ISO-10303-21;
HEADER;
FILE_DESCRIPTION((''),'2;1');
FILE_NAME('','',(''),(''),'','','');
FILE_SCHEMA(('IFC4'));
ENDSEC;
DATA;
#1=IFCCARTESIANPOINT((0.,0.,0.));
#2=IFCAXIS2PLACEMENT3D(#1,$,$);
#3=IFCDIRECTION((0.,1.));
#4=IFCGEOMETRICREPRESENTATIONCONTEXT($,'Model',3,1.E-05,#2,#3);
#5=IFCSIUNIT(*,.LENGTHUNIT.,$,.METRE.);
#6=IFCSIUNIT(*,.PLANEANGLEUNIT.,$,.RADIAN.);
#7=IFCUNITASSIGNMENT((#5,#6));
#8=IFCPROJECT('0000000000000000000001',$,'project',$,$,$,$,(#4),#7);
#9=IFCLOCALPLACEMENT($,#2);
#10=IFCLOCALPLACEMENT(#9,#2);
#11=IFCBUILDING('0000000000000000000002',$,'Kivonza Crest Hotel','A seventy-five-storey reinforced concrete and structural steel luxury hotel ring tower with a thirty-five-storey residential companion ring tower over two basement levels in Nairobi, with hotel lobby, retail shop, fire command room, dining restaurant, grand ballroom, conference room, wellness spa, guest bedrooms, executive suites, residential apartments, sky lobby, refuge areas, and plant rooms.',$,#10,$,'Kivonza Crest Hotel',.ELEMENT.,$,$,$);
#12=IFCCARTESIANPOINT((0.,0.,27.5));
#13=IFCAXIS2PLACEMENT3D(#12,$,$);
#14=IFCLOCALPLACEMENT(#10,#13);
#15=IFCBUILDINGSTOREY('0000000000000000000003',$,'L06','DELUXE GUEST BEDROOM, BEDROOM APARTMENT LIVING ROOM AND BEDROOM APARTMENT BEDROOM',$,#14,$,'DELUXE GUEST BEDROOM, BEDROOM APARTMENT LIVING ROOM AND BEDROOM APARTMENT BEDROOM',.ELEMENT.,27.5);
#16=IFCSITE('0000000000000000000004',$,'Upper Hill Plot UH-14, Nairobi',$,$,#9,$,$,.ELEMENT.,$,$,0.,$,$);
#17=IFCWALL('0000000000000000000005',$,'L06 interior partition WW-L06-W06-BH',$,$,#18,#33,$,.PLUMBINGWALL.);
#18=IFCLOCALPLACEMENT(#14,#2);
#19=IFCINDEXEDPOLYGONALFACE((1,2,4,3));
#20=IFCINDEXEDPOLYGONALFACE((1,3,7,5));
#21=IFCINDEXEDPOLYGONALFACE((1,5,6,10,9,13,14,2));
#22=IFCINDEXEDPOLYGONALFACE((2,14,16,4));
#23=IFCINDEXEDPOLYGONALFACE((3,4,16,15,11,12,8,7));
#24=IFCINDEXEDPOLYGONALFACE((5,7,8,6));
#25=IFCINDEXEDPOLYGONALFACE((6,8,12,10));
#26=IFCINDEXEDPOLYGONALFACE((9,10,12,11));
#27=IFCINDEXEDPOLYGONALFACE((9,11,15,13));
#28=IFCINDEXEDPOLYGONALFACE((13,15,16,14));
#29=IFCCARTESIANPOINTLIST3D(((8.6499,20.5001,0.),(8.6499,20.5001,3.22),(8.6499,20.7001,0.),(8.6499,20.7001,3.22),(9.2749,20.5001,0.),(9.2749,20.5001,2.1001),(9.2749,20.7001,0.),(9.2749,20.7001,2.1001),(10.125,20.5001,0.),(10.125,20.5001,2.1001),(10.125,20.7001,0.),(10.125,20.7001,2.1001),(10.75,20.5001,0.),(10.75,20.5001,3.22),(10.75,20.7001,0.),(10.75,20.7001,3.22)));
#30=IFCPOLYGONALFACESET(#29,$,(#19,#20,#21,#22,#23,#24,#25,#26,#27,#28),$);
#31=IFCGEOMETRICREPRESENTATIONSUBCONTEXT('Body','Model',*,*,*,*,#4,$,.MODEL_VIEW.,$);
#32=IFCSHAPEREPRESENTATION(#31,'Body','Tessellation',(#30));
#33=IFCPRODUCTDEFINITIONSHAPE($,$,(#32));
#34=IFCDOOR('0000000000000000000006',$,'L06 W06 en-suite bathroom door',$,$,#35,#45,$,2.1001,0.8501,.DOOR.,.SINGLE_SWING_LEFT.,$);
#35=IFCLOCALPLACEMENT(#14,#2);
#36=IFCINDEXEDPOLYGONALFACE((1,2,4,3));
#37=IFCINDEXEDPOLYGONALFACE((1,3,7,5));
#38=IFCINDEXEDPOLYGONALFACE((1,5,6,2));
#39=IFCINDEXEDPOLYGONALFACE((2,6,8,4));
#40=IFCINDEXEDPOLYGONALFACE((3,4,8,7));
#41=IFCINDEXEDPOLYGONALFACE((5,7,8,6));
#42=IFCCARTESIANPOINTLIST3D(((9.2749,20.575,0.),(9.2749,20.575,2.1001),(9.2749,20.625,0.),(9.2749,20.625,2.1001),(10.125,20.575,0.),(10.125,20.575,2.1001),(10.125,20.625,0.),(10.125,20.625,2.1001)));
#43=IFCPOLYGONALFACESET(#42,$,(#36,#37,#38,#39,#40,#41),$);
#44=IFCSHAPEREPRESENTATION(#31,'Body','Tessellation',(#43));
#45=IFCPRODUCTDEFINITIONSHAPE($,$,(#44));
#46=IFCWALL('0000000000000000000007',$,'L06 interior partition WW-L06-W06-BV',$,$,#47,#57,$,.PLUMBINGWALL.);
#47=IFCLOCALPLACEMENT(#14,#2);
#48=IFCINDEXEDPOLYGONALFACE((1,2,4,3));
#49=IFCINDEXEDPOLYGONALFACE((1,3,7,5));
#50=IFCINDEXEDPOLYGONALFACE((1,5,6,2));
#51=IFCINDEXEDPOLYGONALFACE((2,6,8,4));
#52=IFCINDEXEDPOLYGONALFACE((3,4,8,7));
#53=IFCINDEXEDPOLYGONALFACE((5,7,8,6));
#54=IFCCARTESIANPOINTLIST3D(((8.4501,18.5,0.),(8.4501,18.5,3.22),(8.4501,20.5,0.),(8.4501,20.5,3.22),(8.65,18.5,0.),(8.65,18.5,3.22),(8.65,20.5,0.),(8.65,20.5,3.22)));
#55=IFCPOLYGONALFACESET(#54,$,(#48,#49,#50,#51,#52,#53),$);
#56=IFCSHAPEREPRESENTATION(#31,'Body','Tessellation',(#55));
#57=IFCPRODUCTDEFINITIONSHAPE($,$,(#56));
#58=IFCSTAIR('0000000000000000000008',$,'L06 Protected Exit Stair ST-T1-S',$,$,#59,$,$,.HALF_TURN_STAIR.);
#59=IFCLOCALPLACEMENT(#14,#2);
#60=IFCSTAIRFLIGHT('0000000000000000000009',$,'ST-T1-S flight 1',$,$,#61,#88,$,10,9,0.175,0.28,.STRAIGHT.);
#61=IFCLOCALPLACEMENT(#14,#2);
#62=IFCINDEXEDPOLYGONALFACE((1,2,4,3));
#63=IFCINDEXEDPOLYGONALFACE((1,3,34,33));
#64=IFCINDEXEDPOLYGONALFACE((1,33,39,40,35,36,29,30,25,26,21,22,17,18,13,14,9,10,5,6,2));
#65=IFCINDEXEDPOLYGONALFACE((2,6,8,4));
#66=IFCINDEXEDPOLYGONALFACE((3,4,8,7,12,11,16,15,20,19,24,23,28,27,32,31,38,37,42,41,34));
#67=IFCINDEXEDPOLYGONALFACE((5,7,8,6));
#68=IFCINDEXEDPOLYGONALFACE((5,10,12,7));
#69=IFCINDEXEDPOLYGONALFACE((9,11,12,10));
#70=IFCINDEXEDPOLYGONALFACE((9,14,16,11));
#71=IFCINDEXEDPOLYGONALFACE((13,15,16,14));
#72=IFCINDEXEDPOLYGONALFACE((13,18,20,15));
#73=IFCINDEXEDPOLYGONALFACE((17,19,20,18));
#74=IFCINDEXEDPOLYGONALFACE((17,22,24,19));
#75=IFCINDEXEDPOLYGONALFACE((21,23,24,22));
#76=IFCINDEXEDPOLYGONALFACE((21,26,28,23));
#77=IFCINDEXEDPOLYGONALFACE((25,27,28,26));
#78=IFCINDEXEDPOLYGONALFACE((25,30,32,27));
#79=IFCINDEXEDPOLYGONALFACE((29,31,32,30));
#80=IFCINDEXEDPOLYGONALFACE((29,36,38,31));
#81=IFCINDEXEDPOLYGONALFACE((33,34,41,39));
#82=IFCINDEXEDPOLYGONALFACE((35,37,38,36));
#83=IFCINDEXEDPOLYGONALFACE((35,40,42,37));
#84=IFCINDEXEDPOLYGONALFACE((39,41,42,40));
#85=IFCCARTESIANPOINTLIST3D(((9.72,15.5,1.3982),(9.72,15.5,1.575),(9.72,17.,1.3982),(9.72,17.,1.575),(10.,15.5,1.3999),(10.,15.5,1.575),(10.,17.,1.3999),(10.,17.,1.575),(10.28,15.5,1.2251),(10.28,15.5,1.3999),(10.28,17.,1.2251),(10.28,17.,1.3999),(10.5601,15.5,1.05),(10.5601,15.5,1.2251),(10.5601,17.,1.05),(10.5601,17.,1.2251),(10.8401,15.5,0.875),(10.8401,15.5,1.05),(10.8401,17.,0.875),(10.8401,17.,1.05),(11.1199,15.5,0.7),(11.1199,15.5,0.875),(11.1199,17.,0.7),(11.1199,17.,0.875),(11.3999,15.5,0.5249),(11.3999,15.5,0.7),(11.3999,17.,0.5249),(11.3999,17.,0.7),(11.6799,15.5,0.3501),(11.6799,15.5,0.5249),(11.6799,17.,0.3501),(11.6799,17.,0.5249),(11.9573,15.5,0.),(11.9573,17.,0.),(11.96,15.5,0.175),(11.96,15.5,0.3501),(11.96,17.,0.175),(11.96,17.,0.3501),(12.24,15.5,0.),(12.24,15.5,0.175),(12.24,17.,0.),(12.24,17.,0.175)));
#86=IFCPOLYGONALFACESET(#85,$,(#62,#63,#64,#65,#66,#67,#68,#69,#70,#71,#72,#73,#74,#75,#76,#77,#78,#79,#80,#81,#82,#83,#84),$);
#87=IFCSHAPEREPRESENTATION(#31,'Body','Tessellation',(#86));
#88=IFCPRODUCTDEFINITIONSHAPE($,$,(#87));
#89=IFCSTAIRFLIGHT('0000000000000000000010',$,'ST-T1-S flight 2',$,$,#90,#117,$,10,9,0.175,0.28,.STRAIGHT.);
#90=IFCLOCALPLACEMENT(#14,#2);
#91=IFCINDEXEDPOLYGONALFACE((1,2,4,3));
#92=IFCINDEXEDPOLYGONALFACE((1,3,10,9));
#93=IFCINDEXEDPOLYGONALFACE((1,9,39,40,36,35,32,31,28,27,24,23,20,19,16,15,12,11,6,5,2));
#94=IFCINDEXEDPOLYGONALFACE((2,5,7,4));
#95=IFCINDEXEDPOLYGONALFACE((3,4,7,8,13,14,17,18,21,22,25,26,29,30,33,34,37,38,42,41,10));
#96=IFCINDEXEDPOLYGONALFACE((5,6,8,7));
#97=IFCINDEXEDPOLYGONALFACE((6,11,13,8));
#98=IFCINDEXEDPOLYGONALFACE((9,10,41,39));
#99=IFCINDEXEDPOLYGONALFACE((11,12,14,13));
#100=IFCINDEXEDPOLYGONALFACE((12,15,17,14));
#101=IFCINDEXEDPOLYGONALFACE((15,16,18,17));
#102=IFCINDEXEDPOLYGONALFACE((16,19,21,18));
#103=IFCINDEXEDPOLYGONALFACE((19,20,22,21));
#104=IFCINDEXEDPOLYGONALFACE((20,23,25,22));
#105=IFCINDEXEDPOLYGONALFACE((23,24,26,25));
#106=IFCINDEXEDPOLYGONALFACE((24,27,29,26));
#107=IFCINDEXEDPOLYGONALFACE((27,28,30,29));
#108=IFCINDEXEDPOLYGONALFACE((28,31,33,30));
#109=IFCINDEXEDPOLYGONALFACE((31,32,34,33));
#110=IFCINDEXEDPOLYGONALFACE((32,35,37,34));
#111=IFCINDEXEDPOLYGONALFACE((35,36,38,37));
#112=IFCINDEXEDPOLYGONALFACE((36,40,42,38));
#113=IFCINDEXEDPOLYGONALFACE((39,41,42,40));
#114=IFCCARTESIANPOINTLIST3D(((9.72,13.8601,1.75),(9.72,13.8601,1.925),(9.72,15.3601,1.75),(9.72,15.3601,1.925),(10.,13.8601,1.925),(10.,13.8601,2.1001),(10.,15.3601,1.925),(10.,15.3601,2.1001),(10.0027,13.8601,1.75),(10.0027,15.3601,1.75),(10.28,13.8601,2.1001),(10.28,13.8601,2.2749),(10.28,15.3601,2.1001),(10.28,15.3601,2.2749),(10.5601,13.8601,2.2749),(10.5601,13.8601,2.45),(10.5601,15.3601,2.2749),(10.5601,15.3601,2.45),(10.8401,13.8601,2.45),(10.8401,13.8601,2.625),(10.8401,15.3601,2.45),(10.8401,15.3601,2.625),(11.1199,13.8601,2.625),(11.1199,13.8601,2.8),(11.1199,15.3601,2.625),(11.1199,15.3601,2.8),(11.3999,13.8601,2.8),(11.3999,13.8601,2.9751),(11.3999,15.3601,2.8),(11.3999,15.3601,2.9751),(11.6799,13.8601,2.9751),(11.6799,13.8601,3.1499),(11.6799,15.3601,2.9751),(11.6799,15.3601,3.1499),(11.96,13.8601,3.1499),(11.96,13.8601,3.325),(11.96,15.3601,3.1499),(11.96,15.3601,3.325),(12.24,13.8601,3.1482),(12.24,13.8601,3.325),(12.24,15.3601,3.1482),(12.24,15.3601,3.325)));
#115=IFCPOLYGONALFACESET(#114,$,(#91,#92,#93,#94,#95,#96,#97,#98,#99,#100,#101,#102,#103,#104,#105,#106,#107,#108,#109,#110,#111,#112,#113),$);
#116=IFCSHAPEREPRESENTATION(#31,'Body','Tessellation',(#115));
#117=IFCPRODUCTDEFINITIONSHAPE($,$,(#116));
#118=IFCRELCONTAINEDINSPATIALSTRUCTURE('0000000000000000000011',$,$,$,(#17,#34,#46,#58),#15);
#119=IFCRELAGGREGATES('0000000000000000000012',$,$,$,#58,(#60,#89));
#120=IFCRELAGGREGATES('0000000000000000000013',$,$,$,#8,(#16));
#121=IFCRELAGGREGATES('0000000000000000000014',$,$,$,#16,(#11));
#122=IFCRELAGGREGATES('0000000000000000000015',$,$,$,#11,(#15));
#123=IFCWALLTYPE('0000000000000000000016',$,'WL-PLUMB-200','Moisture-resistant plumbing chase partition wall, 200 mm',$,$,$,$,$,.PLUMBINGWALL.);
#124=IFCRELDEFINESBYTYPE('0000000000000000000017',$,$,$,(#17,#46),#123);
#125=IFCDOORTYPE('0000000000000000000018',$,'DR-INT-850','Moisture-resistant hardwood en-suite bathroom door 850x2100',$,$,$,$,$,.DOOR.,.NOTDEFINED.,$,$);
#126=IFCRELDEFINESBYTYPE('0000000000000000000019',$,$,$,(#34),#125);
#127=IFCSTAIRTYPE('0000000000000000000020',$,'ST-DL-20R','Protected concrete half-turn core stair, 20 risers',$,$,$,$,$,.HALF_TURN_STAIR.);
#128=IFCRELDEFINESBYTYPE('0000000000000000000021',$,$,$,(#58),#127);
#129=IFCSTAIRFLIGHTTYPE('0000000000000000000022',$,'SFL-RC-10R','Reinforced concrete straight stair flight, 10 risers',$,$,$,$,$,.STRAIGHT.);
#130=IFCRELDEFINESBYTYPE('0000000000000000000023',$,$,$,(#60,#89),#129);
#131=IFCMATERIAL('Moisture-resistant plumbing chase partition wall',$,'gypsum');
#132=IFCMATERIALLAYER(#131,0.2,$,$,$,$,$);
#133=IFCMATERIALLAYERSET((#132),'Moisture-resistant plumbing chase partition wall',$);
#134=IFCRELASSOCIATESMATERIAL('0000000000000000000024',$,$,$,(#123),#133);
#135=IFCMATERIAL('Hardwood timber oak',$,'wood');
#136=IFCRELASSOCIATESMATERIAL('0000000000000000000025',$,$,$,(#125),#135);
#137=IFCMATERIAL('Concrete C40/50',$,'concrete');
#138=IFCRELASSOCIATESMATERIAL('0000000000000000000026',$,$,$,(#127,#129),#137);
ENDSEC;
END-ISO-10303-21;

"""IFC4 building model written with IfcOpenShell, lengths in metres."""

from ifc_helpers import new_model, si_unit, direction, frame, frame_2d, origin, place, context, subcontext, project, spatial, polyline, rectangle, outline, extrude, material, layer, layer_set, type_object, element, fill, aggregate, save


model = new_model("IFC4")

# Units and contexts
model_context = context("Model", 3, precision=1e-05, world=origin(), true_north=direction((0.0, 1.0)))
body_context = subcontext(model_context, "Body", "Model", "MODEL_VIEW")
ifc_project = project(units=[si_unit("LENGTHUNIT", "METRE"), si_unit("PLANEANGLEUNIT", "RADIAN")], contexts=[model_context])

# Site, building, storey
site_placement = place(None, origin())
site = spatial("IfcSite", under=ifc_project, at=site_placement, Name="Upper Hill Plot UH-14, Nairobi", CompositionType="ELEMENT", RefElevation=0.0)
building_placement = place(site_placement, origin())
building = spatial("IfcBuilding", under=site, at=building_placement, Name="Kivonza Crest Hotel", Description="A seventy-five-storey reinforced concrete and structural steel luxury hotel ring tower with a thirty-five-storey residential companion ring tower over two basement levels in Nairobi, with hotel lobby, retail shop, fire command room, dining restaurant, grand ballroom, conference room, wellness spa, guest bedrooms, executive suites, residential apartments, sky lobby, refuge areas, and plant rooms.", LongName="Kivonza Crest Hotel", CompositionType="ELEMENT")
storey_placement = place(building_placement, frame((0.0, 0.0, 27.5)))
storey = spatial("IfcBuildingStorey", under=building, at=storey_placement, Name="L06", Description="DELUXE GUEST BEDROOM, BEDROOM APARTMENT LIVING ROOM AND BEDROOM APARTMENT BEDROOM", LongName="DELUXE GUEST BEDROOM, BEDROOM APARTMENT LIVING ROOM AND BEDROOM APARTMENT BEDROOM", CompositionType="ELEMENT", Elevation=27.5)

# Shared definitions
ifc_material_1 = material(Name="Hardwood timber oak", Category="wood")

# Wall, opening, door
ifc_material_2 = material(Name="Moisture-resistant plumbing chase partition wall", Category="gypsum")
ifc_layer_1 = layer(ifc_material_2, 0.2)
ifc_layer_set_1 = layer_set([ifc_layer_1], Name="Moisture-resistant plumbing chase partition wall")
wall_type_1 = type_object("IfcWallType", Name="WL-PLUMB-200", Description="Moisture-resistant plumbing chase partition wall, 200 mm", PredefinedType="PLUMBINGWALL", material=ifc_layer_set_1)
wall_1_placement = place(storey_placement, frame((8.6499, 20.6001, 0.0), z_axis=(0.0, 0.0, 1.0), x_axis=(1.0, 0.0, 0.0)))
wall_1 = element("IfcWall", 1, at=wall_1_placement, inside=storey, type_object=wall_type_1, Name="L06 interior partition WW-L06-W06-BH", PredefinedType="PLUMBINGWALL", context=body_context, shape_type="SweptSolid", body=[
    extrude(rectangle(XDim=2.1001, YDim=0.2, at=frame_2d((1.05, 0.0))), origin(), (0.0, 0.0, 1.0), 3.22),
])
opening_1_placement = place(wall_1_placement, frame((0.625, 0.0, 0.0)))
opening_1 = element("IfcOpeningElement", 2, at=opening_1_placement, cuts=wall_1, PredefinedType="OPENING", context=body_context, shape_type="SweptSolid", body=[
    extrude(rectangle(XDim=0.8501, YDim=2.1001, at=frame_2d((0.425, 1.05))), frame((0.0, 0.1099, 0.0), z_axis=(0.0, -1.0, 0.0), x_axis=(1.0, 0.0, 0.0)), (0.0, 0.0, 1.0), 0.22),
])
door_type_1 = type_object("IfcDoorType", Name="DR-INT-850", Description="Moisture-resistant hardwood en-suite bathroom door 850x2100", OperationType="NOTDEFINED", PredefinedType="DOOR", material=ifc_material_1)
door_1_placement = place(opening_1_placement, origin())
door_1 = element("IfcDoor", 3, at=door_1_placement, inside=storey, type_object=door_type_1, Name="L06 W06 en-suite bathroom door", OperationType="SINGLE_SWING_LEFT", OverallHeight=2.1001, OverallWidth=0.8501, PredefinedType="DOOR", context=body_context, shape_type="SweptSolid", body=[
    extrude(rectangle(XDim=0.8501, YDim=2.1001, at=frame_2d((0.425, 1.05))), frame((0.0, 0.0249, 0.0), z_axis=(0.0, -1.0, 0.0), x_axis=(1.0, 0.0, 0.0)), (0.0, 0.0, 1.0), 0.05),
])
fill(opening_1, door_1)

# Wall
wall_2_placement = place(storey_placement, frame((8.55, 18.5, 0.0), z_axis=(0.0, 0.0, 1.0), x_axis=(0.0, 1.0, 0.0)))
element("IfcWall", 4, at=wall_2_placement, inside=storey, type_object=wall_type_1, Name="L06 interior partition WW-L06-W06-BV", PredefinedType="PLUMBINGWALL", context=body_context, shape_type="SweptSolid", body=[
    extrude(rectangle(XDim=2.0, YDim=0.2, at=frame_2d((1.0, 0.0))), origin(), (0.0, 0.0, 1.0), 3.22),
])

# Stair, stair flights
ifc_material_3 = material(Name="Concrete C40/50", Category="concrete")
stair_type = type_object("IfcStairType", Name="ST-DL-20R", Description="Protected concrete half-turn core stair, 20 risers", PredefinedType="HALF_TURN_STAIR", material=ifc_material_3)
stair_placement = place(storey_placement, origin())
stair = element("IfcStair", 5, at=stair_placement, inside=storey, type_object=stair_type, Name="L06 Protected Exit Stair ST-T1-S", PredefinedType="HALF_TURN_STAIR")
stair_flight_type = type_object("IfcStairFlightType", Name="SFL-RC-10R", Description="Reinforced concrete straight stair flight, 10 risers", PredefinedType="STRAIGHT", material=ifc_material_3)
stair_flight_1_placement = place(storey_placement, frame((12.24, 16.25, 0.0), z_axis=(0.0, 0.0, 1.0), x_axis=(-1.0, 0.0, 0.0)))
stair_flight_1 = element("IfcStairFlight", 6, at=stair_flight_1_placement, type_object=stair_flight_type, Name="ST-T1-S flight 1", NumberOfRisers=10, NumberOfTreads=9, PredefinedType="STRAIGHT", RiserHeight=0.175, TreadLength=0.28, context=body_context, shape_type="SweptSolid", body=[
    extrude(outline(polyline([(0.0, 0.0), (0.0, 0.175), (0.28, 0.175), (0.28, 0.3501), (0.5601, 0.3501), (0.5601, 0.5249), (0.8401, 0.5249), (0.8401, 0.7), (1.1201, 0.7), (1.1201, 0.875), (1.3999, 0.875), (1.3999, 1.05), (1.6799, 1.05), (1.6799, 1.2251), (1.96, 1.2251), (1.96, 1.3999), (2.24, 1.3999), (2.24, 1.575), (2.52, 1.575), (2.52, 1.75), (2.52, 1.3982), (0.2827, 0.0), (0.0, 0.0)])), frame((0.0, 0.75, 0.0), z_axis=(0.0, -1.0, 0.0), x_axis=(1.0, 0.0, 0.0)), (0.0, 0.0, 1.0), 1.5),
])
stair_flight_2_placement = place(storey_placement, frame((9.72, 14.6101, 1.75), z_axis=(0.0, 0.0, 1.0), x_axis=(1.0, 0.0, 0.0)))
stair_flight_2 = element("IfcStairFlight", 7, at=stair_flight_2_placement, type_object=stair_flight_type, Name="ST-T1-S flight 2", NumberOfRisers=10, NumberOfTreads=9, PredefinedType="STRAIGHT", RiserHeight=0.175, TreadLength=0.28, context=body_context, shape_type="SweptSolid", body=[
    extrude(outline(polyline([(0.0, 0.0), (0.0, 0.175), (0.28, 0.175), (0.28, 0.3501), (0.5601, 0.3501), (0.5601, 0.5249), (0.8401, 0.5249), (0.8401, 0.7), (1.1201, 0.7), (1.1201, 0.875), (1.3999, 0.875), (1.3999, 1.05), (1.6799, 1.05), (1.6799, 1.2251), (1.96, 1.2251), (1.96, 1.3999), (2.24, 1.3999), (2.24, 1.575), (2.52, 1.575), (2.52, 1.75), (2.52, 1.3982), (0.2827, 0.0), (0.0, 0.0)])), frame((0.0, 0.75, 0.0), z_axis=(0.0, -1.0, 0.0), x_axis=(1.0, 0.0, 0.0)), (0.0, 0.0, 1.0), 1.5),
])
aggregate(stair, [stair_flight_1, stair_flight_2])

save(model, "model.ifc")
